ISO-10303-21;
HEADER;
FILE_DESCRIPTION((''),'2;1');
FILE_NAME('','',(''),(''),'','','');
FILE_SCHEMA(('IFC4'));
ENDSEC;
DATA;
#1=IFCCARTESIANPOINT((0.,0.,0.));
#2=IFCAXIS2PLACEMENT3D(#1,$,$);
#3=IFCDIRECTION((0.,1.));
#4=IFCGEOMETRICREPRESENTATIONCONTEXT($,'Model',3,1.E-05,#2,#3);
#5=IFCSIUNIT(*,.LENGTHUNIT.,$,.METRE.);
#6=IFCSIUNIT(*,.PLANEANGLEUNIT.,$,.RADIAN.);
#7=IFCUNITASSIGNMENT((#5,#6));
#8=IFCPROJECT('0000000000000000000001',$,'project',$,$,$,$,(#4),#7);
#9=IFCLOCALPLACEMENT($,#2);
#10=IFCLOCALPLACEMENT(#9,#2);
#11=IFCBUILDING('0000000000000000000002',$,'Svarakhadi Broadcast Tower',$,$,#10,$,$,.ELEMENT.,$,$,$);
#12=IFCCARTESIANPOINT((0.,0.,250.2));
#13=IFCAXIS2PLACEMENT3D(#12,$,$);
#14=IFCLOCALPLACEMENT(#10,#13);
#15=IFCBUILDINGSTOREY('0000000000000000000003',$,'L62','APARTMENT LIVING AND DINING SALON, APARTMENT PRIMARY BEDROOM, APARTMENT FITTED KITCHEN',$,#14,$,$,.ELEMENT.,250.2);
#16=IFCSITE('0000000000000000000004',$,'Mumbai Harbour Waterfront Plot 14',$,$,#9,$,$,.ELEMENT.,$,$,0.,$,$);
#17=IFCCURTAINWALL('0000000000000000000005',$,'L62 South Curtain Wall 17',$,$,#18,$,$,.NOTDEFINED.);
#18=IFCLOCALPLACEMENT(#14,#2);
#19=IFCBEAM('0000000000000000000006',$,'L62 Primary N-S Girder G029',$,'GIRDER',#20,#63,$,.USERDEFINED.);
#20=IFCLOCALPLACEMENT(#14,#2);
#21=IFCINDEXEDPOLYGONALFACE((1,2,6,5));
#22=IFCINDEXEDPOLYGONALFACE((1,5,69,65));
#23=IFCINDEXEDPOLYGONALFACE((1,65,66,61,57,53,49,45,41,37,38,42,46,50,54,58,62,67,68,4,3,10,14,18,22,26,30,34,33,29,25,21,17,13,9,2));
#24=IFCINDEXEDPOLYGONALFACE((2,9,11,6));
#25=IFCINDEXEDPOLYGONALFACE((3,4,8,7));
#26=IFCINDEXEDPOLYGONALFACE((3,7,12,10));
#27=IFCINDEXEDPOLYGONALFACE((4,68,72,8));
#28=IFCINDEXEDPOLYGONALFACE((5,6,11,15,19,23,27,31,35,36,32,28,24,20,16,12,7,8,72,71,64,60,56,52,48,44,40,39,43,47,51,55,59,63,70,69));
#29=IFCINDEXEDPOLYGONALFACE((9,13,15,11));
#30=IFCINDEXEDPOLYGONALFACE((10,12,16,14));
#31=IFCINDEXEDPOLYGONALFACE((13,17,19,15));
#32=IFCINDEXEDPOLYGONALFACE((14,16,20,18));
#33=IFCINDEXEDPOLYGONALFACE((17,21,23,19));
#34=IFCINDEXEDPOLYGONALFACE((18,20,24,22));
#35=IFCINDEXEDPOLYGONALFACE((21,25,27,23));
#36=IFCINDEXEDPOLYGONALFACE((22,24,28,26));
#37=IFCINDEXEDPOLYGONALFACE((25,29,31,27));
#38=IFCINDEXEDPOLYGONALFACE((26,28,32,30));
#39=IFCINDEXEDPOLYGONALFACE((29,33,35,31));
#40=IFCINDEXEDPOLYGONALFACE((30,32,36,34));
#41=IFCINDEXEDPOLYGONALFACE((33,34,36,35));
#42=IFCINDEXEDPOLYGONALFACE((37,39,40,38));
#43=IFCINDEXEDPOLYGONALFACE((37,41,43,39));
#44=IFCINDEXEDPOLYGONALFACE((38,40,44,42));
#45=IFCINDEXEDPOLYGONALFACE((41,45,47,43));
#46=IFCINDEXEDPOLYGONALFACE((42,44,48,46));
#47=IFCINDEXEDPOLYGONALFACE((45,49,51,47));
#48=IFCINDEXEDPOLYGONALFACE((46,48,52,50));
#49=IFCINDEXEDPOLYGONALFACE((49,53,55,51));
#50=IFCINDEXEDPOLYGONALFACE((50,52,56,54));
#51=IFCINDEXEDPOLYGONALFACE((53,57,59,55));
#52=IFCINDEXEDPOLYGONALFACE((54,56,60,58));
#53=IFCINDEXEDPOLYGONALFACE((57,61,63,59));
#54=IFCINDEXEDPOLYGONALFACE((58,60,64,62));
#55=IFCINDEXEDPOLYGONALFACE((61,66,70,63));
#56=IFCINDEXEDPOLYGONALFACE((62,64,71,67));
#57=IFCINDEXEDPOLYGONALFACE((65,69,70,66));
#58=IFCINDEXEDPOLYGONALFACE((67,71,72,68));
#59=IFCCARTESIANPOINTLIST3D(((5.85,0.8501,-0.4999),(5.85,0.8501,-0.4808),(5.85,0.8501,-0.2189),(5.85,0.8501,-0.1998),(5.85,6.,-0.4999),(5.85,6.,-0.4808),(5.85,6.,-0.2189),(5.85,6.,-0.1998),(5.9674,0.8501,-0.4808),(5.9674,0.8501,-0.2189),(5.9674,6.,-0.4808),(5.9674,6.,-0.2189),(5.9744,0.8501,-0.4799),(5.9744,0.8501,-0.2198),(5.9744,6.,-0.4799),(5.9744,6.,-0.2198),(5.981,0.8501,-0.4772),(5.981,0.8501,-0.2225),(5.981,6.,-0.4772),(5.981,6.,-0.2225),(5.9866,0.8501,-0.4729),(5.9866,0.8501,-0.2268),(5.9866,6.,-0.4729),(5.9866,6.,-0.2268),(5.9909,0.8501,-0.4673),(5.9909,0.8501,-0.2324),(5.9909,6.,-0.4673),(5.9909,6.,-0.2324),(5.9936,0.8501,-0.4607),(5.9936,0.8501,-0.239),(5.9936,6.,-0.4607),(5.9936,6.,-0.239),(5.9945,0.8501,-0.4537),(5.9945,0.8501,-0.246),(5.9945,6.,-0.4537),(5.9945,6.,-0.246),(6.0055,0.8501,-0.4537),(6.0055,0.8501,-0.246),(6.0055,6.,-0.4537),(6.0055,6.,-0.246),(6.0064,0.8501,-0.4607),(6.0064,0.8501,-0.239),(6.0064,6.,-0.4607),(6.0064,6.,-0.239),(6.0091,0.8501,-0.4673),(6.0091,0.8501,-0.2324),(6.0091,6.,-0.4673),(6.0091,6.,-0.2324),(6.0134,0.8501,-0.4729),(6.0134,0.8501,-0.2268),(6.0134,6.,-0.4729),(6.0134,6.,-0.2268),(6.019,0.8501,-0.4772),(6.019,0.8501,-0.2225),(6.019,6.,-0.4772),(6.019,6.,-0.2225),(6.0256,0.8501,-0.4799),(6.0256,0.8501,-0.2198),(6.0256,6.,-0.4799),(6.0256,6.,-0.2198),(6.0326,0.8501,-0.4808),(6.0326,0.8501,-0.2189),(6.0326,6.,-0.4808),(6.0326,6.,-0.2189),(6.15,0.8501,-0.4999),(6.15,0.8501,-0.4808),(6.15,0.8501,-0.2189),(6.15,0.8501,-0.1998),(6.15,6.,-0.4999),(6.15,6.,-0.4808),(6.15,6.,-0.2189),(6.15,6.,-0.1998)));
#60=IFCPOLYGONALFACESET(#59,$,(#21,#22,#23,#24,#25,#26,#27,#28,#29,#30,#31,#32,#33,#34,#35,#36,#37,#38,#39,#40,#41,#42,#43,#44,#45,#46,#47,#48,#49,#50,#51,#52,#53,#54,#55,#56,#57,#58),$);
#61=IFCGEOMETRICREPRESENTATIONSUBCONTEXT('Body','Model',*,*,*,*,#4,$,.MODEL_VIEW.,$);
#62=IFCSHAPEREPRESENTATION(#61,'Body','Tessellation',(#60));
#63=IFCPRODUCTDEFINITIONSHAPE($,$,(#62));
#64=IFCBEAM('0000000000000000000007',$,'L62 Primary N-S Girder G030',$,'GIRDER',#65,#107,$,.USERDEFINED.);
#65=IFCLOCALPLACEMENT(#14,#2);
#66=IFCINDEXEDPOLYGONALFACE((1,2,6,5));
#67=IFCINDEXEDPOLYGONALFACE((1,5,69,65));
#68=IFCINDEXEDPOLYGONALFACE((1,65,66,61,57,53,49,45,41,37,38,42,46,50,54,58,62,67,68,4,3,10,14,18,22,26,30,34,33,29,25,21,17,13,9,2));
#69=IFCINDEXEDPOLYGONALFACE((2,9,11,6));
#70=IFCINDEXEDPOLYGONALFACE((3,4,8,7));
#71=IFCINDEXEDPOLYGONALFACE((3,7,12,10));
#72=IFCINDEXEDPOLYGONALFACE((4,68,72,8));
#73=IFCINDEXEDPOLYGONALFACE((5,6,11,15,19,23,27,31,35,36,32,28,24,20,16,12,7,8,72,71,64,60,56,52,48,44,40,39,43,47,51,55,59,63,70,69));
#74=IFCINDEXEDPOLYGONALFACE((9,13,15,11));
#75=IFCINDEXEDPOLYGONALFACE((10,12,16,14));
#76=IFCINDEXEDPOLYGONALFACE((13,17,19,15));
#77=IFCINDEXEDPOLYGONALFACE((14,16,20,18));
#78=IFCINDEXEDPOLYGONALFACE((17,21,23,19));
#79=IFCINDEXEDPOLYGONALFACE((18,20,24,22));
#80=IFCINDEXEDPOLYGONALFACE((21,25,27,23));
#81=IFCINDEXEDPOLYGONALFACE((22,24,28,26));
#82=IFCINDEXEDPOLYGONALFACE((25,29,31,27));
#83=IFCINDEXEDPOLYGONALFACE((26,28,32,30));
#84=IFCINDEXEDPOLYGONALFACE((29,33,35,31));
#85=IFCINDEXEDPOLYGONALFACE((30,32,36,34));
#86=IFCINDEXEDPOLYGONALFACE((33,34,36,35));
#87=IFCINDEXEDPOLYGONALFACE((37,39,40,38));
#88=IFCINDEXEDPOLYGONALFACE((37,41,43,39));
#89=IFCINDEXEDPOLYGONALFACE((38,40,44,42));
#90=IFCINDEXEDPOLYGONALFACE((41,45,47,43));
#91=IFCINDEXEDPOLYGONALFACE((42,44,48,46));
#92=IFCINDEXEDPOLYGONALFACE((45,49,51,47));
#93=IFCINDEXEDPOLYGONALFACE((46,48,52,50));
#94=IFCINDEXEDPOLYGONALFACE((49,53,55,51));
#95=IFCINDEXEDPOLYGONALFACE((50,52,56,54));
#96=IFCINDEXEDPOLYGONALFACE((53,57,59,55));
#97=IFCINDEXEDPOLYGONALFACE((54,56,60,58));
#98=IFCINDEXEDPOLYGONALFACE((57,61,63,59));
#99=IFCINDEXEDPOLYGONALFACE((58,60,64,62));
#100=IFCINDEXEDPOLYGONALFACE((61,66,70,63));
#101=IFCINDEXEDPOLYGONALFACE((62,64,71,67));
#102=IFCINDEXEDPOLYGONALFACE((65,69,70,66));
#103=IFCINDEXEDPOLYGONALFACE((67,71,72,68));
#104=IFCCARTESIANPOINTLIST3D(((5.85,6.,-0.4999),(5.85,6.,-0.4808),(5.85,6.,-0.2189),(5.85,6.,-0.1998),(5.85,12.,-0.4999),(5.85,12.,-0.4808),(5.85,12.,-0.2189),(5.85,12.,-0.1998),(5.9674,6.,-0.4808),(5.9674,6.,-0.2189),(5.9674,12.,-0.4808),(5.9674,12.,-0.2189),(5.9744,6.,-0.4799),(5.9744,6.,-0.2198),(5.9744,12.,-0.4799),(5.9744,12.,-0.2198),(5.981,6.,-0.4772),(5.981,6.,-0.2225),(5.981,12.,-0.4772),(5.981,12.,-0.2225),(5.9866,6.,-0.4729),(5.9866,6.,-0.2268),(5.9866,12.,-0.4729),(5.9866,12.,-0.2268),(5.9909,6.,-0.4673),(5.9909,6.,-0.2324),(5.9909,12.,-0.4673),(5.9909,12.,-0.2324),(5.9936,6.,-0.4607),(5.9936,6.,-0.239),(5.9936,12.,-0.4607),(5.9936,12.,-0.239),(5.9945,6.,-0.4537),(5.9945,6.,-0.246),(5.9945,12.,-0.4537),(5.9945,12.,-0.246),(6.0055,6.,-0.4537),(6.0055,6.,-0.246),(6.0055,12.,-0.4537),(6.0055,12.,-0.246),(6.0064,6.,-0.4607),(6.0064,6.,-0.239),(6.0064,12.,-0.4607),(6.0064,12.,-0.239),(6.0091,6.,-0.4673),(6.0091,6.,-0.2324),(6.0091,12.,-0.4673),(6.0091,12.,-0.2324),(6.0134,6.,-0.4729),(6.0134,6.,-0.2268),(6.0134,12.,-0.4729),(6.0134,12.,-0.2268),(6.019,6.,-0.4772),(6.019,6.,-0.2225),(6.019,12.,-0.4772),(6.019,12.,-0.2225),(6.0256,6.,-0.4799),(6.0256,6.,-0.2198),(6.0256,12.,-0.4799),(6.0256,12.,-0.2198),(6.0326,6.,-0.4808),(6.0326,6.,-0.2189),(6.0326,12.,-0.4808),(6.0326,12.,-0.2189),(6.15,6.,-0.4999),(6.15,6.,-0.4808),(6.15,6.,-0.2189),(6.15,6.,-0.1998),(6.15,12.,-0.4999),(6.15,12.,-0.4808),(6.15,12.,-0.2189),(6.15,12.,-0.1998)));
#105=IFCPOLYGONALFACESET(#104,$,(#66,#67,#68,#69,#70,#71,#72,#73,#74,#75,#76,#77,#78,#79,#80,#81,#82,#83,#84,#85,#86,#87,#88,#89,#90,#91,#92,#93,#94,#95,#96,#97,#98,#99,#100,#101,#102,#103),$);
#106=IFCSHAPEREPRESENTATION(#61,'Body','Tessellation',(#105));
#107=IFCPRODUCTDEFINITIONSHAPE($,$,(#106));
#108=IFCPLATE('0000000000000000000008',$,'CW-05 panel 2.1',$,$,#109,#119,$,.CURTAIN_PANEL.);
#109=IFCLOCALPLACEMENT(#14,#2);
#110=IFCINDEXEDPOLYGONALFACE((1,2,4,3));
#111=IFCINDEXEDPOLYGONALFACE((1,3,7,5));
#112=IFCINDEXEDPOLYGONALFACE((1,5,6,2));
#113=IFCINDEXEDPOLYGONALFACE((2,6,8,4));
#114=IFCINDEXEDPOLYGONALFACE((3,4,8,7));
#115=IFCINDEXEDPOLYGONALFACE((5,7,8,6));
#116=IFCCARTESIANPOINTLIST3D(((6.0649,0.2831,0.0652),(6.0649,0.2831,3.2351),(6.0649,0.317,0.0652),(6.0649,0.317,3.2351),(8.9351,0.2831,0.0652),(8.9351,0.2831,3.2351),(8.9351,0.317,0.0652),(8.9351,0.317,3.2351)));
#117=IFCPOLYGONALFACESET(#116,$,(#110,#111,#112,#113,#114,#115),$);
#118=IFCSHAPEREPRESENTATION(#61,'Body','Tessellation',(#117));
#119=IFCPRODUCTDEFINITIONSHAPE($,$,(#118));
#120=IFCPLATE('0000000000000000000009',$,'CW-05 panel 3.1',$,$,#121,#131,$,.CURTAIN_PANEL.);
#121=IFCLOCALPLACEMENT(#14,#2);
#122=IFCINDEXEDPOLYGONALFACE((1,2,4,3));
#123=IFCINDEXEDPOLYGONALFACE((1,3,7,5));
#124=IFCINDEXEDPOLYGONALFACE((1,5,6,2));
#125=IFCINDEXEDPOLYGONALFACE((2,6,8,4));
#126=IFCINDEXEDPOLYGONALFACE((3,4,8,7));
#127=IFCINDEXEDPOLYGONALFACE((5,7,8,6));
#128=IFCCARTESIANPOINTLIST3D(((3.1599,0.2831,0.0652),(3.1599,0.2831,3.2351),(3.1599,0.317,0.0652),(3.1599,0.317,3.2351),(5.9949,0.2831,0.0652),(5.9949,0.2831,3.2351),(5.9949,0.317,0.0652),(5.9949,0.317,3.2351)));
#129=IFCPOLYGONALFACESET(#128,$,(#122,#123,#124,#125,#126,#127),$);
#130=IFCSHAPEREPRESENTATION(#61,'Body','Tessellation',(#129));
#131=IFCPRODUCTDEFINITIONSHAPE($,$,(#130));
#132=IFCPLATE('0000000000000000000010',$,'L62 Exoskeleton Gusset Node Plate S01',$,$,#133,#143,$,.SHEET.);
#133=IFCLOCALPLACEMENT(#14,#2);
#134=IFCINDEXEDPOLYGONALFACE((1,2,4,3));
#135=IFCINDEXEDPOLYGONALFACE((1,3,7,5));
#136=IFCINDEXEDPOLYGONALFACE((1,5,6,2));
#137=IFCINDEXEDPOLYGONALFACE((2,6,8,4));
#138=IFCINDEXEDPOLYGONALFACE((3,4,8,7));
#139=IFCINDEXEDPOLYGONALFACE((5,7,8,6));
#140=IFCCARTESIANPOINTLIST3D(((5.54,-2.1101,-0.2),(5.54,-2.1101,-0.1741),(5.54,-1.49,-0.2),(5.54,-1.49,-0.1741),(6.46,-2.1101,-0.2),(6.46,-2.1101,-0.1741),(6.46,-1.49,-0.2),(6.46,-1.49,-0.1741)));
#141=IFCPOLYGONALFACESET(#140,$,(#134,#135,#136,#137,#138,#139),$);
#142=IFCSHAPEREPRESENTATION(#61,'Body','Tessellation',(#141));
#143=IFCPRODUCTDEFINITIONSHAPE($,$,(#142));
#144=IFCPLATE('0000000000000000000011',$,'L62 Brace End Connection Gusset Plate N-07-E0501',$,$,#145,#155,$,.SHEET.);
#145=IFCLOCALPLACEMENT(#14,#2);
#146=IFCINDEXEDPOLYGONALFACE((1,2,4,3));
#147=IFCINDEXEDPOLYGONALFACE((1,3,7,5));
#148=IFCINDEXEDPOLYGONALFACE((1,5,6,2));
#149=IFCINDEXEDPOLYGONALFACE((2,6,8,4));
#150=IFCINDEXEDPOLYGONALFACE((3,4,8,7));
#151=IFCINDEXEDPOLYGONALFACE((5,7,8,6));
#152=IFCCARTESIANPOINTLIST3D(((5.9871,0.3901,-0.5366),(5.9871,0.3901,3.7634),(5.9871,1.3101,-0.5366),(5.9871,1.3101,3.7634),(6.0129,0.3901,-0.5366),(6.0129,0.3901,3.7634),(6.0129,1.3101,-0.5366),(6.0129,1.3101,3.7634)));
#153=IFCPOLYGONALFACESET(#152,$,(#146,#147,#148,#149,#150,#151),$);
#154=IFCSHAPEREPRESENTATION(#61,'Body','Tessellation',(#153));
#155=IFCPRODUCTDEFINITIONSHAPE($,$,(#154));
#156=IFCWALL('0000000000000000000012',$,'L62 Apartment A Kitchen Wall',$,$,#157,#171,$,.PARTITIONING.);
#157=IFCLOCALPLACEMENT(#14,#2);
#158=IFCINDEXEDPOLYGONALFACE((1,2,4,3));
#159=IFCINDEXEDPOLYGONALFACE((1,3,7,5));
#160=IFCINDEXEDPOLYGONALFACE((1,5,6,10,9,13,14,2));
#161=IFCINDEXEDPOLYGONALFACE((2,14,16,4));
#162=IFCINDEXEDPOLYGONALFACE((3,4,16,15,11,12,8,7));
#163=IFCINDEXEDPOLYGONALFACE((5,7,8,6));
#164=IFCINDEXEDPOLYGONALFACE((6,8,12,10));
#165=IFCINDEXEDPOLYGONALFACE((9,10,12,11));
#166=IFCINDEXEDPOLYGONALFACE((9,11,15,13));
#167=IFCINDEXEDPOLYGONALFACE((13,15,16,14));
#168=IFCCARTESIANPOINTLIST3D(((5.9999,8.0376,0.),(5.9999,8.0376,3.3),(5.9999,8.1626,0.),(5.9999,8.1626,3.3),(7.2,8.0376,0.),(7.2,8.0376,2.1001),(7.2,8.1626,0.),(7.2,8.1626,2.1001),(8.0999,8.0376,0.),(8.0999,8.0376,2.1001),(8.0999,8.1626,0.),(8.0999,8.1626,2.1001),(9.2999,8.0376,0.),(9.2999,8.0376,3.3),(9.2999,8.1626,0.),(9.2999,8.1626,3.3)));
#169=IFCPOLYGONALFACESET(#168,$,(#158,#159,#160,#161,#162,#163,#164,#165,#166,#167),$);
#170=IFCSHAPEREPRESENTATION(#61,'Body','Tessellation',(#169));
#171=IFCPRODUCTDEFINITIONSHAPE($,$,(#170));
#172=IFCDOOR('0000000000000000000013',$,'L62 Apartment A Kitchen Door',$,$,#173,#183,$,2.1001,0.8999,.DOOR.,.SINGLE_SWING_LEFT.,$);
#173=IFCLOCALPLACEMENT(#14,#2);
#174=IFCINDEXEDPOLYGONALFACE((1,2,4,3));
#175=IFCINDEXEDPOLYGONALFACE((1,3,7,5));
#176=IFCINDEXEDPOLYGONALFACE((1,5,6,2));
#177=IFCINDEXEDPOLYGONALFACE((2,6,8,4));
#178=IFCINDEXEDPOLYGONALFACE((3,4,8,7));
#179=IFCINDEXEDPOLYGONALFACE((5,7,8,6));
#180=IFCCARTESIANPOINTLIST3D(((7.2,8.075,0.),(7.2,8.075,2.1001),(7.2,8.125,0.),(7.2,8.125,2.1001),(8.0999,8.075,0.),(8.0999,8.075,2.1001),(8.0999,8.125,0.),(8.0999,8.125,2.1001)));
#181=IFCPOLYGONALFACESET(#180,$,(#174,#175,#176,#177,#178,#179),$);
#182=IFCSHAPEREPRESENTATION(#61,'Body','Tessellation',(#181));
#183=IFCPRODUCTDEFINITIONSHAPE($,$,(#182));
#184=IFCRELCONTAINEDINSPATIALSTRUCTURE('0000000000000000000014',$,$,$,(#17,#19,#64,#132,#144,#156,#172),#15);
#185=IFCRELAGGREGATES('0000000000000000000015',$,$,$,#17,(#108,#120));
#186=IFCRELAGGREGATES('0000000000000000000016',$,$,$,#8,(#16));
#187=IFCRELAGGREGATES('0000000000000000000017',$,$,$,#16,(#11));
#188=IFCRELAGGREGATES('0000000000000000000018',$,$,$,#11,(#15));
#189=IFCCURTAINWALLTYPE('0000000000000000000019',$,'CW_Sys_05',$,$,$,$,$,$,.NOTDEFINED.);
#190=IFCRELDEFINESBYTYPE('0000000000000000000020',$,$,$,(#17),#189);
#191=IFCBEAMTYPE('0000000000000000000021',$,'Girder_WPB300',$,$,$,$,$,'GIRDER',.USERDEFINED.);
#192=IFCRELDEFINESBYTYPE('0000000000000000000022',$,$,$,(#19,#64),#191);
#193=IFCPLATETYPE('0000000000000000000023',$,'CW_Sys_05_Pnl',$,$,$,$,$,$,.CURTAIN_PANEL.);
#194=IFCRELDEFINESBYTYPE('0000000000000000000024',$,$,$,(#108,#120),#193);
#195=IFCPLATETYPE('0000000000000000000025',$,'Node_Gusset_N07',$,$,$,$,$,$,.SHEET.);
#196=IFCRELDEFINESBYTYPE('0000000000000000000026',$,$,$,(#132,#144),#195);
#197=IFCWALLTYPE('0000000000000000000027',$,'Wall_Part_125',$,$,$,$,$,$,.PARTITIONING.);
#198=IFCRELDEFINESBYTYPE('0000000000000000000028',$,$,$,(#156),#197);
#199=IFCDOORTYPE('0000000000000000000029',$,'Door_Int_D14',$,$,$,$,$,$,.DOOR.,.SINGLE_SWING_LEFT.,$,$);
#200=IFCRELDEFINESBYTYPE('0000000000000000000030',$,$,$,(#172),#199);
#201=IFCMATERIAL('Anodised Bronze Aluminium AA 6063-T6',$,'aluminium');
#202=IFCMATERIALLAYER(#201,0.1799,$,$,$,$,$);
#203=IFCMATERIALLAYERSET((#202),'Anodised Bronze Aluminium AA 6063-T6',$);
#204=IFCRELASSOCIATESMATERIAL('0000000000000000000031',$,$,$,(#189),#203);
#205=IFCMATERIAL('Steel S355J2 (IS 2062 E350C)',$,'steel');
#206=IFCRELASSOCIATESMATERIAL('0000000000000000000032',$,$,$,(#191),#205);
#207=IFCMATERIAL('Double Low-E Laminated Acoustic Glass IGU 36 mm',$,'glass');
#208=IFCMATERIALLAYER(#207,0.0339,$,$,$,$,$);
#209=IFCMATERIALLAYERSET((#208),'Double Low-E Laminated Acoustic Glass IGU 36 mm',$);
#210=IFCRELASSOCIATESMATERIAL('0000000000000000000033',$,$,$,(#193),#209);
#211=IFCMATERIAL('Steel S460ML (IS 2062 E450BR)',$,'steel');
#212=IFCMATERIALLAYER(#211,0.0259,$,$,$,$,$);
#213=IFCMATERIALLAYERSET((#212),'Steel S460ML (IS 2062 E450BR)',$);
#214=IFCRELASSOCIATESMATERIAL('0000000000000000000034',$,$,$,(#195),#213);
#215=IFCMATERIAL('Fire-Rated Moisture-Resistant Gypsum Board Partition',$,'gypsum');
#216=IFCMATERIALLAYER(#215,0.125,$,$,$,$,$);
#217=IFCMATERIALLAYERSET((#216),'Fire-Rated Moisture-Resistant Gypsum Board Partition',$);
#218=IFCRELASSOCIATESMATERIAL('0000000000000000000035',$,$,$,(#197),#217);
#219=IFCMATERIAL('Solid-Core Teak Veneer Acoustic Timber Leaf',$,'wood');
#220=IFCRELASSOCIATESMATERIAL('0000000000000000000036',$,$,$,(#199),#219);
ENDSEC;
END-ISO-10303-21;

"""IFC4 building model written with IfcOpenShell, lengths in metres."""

from ifc_helpers import new_model, si_unit, direction, frame, frame_2d, origin, origin_2d, place, context, subcontext, project, spatial, rectangle, i_section, extrude, material, layer, layer_set, material_profile, profile_set, type_object, element, fill, aggregate, save


model = new_model("IFC4")

# Units and contexts
model_context = context("Model", 3, precision=1e-05, world=origin(), true_north=direction((0.0, 1.0)))
body_context = subcontext(model_context, "Body", "Model", "MODEL_VIEW")
ifc_project = project(units=[si_unit("LENGTHUNIT", "METRE"), si_unit("PLANEANGLEUNIT", "RADIAN")], contexts=[model_context])

# Site, building, storey
site_placement = place(None, origin())
site = spatial("IfcSite", under=ifc_project, at=site_placement, Name="Mumbai Harbour Waterfront Plot 14", CompositionType="ELEMENT", RefElevation=0.0)
building_placement = place(site_placement, origin())
building = spatial("IfcBuilding", under=site, at=building_placement, Name="Svarakhadi Broadcast Tower", CompositionType="ELEMENT")
storey_placement = place(building_placement, frame((0.0, 0.0, 250.2)))
storey = spatial("IfcBuildingStorey", under=building, at=storey_placement, Name="L62", Description="APARTMENT LIVING AND DINING SALON, APARTMENT PRIMARY BEDROOM, APARTMENT FITTED KITCHEN", CompositionType="ELEMENT", Elevation=250.2)

# Shared definitions
ifc_material_1 = material(Name="Steel S460ML (IS 2062 E450BR)", Category="steel")

# Shared definitions
ifc_material_2 = material(Name="Steel S355J2 (IS 2062 E350C)", Category="steel")

# Curtain wall
ifc_material_3 = material(Name="Anodised Bronze Aluminium AA 6063-T6", Category="aluminium")
ifc_layer_1 = layer(ifc_material_3, 0.1799)
ifc_layer_set_1 = layer_set([ifc_layer_1], Name="Anodised Bronze Aluminium AA 6063-T6")
curtain_wall_type = type_object("IfcCurtainWallType", Name="CW_Sys_05", PredefinedType="NOTDEFINED", material=ifc_layer_set_1)
curtain_wall_placement = place(storey_placement, origin())
curtain_wall = element("IfcCurtainWall", 1, at=curtain_wall_placement, inside=storey, type_object=curtain_wall_type, Name="L62 South Curtain Wall 17", PredefinedType="NOTDEFINED")

# Beams
ifc_material_profile_1 = material_profile(ifc_material_2, i_section(OverallWidth=0.3, OverallDepth=0.3, WebThickness=0.011, FlangeThickness=0.019, FilletRadius=0.0271, at=origin_2d()), Name="WPB 300x300x117")
ifc_profile_set_1 = profile_set([ifc_material_profile_1], Name="Steel S355J2 (IS 2062 E350C)")
beam_type_1 = type_object("IfcBeamType", Name="Girder_WPB300", ElementType="GIRDER", PredefinedType="USERDEFINED", material=ifc_profile_set_1)
beam_1_placement = place(storey_placement, frame((6.0, 0.8501, -0.3499), z_axis=(0.0, 1.0, 0.0), x_axis=(-1.0, 0.0, 0.0)))
element("IfcBeam", 2, at=beam_1_placement, inside=storey, type_object=beam_type_1, Name="L62 Primary N-S Girder G029", ObjectType="GIRDER", PredefinedType="USERDEFINED", context=body_context, shape_type="SweptSolid", body=[
    extrude(i_section(OverallWidth=0.3, OverallDepth=0.3, WebThickness=0.011, FlangeThickness=0.019, FilletRadius=0.0271, at=origin_2d()), origin(), (0.0, 0.0, 1.0), 5.1499),
])
beam_2_placement = place(storey_placement, frame((6.0, 6.0, -0.3499), z_axis=(0.0, 1.0, 0.0), x_axis=(-1.0, 0.0, 0.0)))
element("IfcBeam", 3, at=beam_2_placement, inside=storey, type_object=beam_type_1, Name="L62 Primary N-S Girder G030", ObjectType="GIRDER", PredefinedType="USERDEFINED", context=body_context, shape_type="SweptSolid", body=[
    extrude(i_section(OverallWidth=0.3, OverallDepth=0.3, WebThickness=0.011, FlangeThickness=0.019, FilletRadius=0.0271, at=origin_2d()), origin(), (0.0, 0.0, 1.0), 6.0),
])

# Plates
ifc_material_4 = material(Name="Double Low-E Laminated Acoustic Glass IGU 36 mm", Category="glass")
ifc_layer_2 = layer(ifc_material_4, 0.0339)
ifc_layer_set_2 = layer_set([ifc_layer_2], Name="Double Low-E Laminated Acoustic Glass IGU 36 mm")
plate_type_1 = type_object("IfcPlateType", Name="CW_Sys_05_Pnl", PredefinedType="CURTAIN_PANEL", material=ifc_layer_set_2)
plate_1_placement = place(storey_placement, frame((7.5, 0.3, 0.0652), z_axis=(0.0, 0.0, 1.0), x_axis=(-1.0, 0.0, 0.0)))
plate_1 = element("IfcPlate", 4, at=plate_1_placement, type_object=plate_type_1, Name="CW-05 panel 2.1", PredefinedType="CURTAIN_PANEL", context=body_context, shape_type="SweptSolid", body=[
    extrude(rectangle(XDim=2.8701, YDim=0.0339, at=origin_2d()), origin(), (0.0, 0.0, 1.0), 3.1699),
])
plate_2_placement = place(storey_placement, frame((4.5774, 0.3, 0.0652), z_axis=(0.0, 0.0, 1.0), x_axis=(-1.0, 0.0, 0.0)))
plate_2 = element("IfcPlate", 5, at=plate_2_placement, type_object=plate_type_1, Name="CW-05 panel 3.1", PredefinedType="CURTAIN_PANEL", context=body_context, shape_type="SweptSolid", body=[
    extrude(rectangle(XDim=2.835, YDim=0.0339, at=origin_2d()), origin(), (0.0, 0.0, 1.0), 3.1699),
])
aggregate(curtain_wall, [plate_1, plate_2])

# Plates
ifc_layer_3 = layer(ifc_material_1, 0.0259)
ifc_layer_set_3 = layer_set([ifc_layer_3], Name="Steel S460ML (IS 2062 E450BR)")
plate_type_2 = type_object("IfcPlateType", Name="Node_Gusset_N07", PredefinedType="SHEET", material=ifc_layer_set_3)
plate_3_placement = place(storey_placement, frame((6.0, -1.8, -0.2), z_axis=(0.0, 0.0, 1.0), x_axis=(1.0, 0.0, 0.0)))
element("IfcPlate", 6, at=plate_3_placement, inside=storey, type_object=plate_type_2, Name="L62 Exoskeleton Gusset Node Plate S01", PredefinedType="SHEET", context=body_context, shape_type="SweptSolid", body=[
    extrude(rectangle(XDim=0.9199, YDim=0.6201, at=origin_2d()), origin(), (0.0, 0.0, 1.0), 0.0259),
])
plate_4_placement = place(storey_placement, frame((6.0, 0.8501, -0.5366), z_axis=(0.0, 0.0, 1.0), x_axis=(0.0, 1.0, 0.0)))
element("IfcPlate", 7, at=plate_4_placement, inside=storey, type_object=plate_type_2, Name="L62 Brace End Connection Gusset Plate N-07-E0501", PredefinedType="SHEET", context=body_context, shape_type="SweptSolid", body=[
    extrude(rectangle(XDim=0.9199, YDim=0.0259, at=origin_2d()), origin(), (0.0, 0.0, 1.0), 4.3),
])

# Wall, opening, door
ifc_material_5 = material(Name="Fire-Rated Moisture-Resistant Gypsum Board Partition", Category="gypsum")
ifc_layer_4 = layer(ifc_material_5, 0.125)
ifc_layer_set_4 = layer_set([ifc_layer_4], Name="Fire-Rated Moisture-Resistant Gypsum Board Partition")
wall_type = type_object("IfcWallType", Name="Wall_Part_125", PredefinedType="PARTITIONING", material=ifc_layer_set_4)
wall_1_placement = place(storey_placement, frame((6.0, 8.1001, 0.0), z_axis=(0.0, 0.0, 1.0), x_axis=(1.0, 0.0, 0.0)))
wall_1 = element("IfcWall", 8, at=wall_1_placement, inside=storey, type_object=wall_type, Name="L62 Apartment A Kitchen Wall", PredefinedType="PARTITIONING", context=body_context, shape_type="SweptSolid", body=[
    extrude(rectangle(XDim=3.3, YDim=0.125, at=frame_2d((1.6499, 0.0))), origin(), (0.0, 0.0, 1.0), 3.3),
])
opening_1_placement = place(wall_1_placement, frame((1.2, 0.0, 0.0)))
opening_1 = element("IfcOpeningElement", 9, at=opening_1_placement, cuts=wall_1, PredefinedType="OPENING", context=body_context, shape_type="SweptSolid", body=[
    extrude(rectangle(XDim=0.8999, YDim=2.1001, at=frame_2d((0.45, 1.05))), frame((0.0, 0.0725, 0.0), z_axis=(0.0, -1.0, 0.0), x_axis=(1.0, 0.0, 0.0)), (0.0, 0.0, 1.0), 0.145),
])
ifc_material_6 = material(Name="Solid-Core Teak Veneer Acoustic Timber Leaf", Category="wood")
door_type_1 = type_object("IfcDoorType", Name="Door_Int_D14", OperationType="SINGLE_SWING_LEFT", PredefinedType="DOOR", material=ifc_material_6)
door_1_placement = place(opening_1_placement, origin())
door_1 = element("IfcDoor", 10, at=door_1_placement, inside=storey, type_object=door_type_1, Name="L62 Apartment A Kitchen Door", OperationType="SINGLE_SWING_LEFT", OverallHeight=2.1001, OverallWidth=0.8999, PredefinedType="DOOR", context=body_context, shape_type="SweptSolid", body=[
    extrude(rectangle(XDim=0.8999, YDim=2.1001, at=frame_2d((0.45, 1.05))), frame((0.0, 0.0249, 0.0), z_axis=(0.0, -1.0, 0.0), x_axis=(1.0, 0.0, 0.0)), (0.0, 0.0, 1.0), 0.05),
])
fill(opening_1, door_1)

save(model, "model.ifc")
